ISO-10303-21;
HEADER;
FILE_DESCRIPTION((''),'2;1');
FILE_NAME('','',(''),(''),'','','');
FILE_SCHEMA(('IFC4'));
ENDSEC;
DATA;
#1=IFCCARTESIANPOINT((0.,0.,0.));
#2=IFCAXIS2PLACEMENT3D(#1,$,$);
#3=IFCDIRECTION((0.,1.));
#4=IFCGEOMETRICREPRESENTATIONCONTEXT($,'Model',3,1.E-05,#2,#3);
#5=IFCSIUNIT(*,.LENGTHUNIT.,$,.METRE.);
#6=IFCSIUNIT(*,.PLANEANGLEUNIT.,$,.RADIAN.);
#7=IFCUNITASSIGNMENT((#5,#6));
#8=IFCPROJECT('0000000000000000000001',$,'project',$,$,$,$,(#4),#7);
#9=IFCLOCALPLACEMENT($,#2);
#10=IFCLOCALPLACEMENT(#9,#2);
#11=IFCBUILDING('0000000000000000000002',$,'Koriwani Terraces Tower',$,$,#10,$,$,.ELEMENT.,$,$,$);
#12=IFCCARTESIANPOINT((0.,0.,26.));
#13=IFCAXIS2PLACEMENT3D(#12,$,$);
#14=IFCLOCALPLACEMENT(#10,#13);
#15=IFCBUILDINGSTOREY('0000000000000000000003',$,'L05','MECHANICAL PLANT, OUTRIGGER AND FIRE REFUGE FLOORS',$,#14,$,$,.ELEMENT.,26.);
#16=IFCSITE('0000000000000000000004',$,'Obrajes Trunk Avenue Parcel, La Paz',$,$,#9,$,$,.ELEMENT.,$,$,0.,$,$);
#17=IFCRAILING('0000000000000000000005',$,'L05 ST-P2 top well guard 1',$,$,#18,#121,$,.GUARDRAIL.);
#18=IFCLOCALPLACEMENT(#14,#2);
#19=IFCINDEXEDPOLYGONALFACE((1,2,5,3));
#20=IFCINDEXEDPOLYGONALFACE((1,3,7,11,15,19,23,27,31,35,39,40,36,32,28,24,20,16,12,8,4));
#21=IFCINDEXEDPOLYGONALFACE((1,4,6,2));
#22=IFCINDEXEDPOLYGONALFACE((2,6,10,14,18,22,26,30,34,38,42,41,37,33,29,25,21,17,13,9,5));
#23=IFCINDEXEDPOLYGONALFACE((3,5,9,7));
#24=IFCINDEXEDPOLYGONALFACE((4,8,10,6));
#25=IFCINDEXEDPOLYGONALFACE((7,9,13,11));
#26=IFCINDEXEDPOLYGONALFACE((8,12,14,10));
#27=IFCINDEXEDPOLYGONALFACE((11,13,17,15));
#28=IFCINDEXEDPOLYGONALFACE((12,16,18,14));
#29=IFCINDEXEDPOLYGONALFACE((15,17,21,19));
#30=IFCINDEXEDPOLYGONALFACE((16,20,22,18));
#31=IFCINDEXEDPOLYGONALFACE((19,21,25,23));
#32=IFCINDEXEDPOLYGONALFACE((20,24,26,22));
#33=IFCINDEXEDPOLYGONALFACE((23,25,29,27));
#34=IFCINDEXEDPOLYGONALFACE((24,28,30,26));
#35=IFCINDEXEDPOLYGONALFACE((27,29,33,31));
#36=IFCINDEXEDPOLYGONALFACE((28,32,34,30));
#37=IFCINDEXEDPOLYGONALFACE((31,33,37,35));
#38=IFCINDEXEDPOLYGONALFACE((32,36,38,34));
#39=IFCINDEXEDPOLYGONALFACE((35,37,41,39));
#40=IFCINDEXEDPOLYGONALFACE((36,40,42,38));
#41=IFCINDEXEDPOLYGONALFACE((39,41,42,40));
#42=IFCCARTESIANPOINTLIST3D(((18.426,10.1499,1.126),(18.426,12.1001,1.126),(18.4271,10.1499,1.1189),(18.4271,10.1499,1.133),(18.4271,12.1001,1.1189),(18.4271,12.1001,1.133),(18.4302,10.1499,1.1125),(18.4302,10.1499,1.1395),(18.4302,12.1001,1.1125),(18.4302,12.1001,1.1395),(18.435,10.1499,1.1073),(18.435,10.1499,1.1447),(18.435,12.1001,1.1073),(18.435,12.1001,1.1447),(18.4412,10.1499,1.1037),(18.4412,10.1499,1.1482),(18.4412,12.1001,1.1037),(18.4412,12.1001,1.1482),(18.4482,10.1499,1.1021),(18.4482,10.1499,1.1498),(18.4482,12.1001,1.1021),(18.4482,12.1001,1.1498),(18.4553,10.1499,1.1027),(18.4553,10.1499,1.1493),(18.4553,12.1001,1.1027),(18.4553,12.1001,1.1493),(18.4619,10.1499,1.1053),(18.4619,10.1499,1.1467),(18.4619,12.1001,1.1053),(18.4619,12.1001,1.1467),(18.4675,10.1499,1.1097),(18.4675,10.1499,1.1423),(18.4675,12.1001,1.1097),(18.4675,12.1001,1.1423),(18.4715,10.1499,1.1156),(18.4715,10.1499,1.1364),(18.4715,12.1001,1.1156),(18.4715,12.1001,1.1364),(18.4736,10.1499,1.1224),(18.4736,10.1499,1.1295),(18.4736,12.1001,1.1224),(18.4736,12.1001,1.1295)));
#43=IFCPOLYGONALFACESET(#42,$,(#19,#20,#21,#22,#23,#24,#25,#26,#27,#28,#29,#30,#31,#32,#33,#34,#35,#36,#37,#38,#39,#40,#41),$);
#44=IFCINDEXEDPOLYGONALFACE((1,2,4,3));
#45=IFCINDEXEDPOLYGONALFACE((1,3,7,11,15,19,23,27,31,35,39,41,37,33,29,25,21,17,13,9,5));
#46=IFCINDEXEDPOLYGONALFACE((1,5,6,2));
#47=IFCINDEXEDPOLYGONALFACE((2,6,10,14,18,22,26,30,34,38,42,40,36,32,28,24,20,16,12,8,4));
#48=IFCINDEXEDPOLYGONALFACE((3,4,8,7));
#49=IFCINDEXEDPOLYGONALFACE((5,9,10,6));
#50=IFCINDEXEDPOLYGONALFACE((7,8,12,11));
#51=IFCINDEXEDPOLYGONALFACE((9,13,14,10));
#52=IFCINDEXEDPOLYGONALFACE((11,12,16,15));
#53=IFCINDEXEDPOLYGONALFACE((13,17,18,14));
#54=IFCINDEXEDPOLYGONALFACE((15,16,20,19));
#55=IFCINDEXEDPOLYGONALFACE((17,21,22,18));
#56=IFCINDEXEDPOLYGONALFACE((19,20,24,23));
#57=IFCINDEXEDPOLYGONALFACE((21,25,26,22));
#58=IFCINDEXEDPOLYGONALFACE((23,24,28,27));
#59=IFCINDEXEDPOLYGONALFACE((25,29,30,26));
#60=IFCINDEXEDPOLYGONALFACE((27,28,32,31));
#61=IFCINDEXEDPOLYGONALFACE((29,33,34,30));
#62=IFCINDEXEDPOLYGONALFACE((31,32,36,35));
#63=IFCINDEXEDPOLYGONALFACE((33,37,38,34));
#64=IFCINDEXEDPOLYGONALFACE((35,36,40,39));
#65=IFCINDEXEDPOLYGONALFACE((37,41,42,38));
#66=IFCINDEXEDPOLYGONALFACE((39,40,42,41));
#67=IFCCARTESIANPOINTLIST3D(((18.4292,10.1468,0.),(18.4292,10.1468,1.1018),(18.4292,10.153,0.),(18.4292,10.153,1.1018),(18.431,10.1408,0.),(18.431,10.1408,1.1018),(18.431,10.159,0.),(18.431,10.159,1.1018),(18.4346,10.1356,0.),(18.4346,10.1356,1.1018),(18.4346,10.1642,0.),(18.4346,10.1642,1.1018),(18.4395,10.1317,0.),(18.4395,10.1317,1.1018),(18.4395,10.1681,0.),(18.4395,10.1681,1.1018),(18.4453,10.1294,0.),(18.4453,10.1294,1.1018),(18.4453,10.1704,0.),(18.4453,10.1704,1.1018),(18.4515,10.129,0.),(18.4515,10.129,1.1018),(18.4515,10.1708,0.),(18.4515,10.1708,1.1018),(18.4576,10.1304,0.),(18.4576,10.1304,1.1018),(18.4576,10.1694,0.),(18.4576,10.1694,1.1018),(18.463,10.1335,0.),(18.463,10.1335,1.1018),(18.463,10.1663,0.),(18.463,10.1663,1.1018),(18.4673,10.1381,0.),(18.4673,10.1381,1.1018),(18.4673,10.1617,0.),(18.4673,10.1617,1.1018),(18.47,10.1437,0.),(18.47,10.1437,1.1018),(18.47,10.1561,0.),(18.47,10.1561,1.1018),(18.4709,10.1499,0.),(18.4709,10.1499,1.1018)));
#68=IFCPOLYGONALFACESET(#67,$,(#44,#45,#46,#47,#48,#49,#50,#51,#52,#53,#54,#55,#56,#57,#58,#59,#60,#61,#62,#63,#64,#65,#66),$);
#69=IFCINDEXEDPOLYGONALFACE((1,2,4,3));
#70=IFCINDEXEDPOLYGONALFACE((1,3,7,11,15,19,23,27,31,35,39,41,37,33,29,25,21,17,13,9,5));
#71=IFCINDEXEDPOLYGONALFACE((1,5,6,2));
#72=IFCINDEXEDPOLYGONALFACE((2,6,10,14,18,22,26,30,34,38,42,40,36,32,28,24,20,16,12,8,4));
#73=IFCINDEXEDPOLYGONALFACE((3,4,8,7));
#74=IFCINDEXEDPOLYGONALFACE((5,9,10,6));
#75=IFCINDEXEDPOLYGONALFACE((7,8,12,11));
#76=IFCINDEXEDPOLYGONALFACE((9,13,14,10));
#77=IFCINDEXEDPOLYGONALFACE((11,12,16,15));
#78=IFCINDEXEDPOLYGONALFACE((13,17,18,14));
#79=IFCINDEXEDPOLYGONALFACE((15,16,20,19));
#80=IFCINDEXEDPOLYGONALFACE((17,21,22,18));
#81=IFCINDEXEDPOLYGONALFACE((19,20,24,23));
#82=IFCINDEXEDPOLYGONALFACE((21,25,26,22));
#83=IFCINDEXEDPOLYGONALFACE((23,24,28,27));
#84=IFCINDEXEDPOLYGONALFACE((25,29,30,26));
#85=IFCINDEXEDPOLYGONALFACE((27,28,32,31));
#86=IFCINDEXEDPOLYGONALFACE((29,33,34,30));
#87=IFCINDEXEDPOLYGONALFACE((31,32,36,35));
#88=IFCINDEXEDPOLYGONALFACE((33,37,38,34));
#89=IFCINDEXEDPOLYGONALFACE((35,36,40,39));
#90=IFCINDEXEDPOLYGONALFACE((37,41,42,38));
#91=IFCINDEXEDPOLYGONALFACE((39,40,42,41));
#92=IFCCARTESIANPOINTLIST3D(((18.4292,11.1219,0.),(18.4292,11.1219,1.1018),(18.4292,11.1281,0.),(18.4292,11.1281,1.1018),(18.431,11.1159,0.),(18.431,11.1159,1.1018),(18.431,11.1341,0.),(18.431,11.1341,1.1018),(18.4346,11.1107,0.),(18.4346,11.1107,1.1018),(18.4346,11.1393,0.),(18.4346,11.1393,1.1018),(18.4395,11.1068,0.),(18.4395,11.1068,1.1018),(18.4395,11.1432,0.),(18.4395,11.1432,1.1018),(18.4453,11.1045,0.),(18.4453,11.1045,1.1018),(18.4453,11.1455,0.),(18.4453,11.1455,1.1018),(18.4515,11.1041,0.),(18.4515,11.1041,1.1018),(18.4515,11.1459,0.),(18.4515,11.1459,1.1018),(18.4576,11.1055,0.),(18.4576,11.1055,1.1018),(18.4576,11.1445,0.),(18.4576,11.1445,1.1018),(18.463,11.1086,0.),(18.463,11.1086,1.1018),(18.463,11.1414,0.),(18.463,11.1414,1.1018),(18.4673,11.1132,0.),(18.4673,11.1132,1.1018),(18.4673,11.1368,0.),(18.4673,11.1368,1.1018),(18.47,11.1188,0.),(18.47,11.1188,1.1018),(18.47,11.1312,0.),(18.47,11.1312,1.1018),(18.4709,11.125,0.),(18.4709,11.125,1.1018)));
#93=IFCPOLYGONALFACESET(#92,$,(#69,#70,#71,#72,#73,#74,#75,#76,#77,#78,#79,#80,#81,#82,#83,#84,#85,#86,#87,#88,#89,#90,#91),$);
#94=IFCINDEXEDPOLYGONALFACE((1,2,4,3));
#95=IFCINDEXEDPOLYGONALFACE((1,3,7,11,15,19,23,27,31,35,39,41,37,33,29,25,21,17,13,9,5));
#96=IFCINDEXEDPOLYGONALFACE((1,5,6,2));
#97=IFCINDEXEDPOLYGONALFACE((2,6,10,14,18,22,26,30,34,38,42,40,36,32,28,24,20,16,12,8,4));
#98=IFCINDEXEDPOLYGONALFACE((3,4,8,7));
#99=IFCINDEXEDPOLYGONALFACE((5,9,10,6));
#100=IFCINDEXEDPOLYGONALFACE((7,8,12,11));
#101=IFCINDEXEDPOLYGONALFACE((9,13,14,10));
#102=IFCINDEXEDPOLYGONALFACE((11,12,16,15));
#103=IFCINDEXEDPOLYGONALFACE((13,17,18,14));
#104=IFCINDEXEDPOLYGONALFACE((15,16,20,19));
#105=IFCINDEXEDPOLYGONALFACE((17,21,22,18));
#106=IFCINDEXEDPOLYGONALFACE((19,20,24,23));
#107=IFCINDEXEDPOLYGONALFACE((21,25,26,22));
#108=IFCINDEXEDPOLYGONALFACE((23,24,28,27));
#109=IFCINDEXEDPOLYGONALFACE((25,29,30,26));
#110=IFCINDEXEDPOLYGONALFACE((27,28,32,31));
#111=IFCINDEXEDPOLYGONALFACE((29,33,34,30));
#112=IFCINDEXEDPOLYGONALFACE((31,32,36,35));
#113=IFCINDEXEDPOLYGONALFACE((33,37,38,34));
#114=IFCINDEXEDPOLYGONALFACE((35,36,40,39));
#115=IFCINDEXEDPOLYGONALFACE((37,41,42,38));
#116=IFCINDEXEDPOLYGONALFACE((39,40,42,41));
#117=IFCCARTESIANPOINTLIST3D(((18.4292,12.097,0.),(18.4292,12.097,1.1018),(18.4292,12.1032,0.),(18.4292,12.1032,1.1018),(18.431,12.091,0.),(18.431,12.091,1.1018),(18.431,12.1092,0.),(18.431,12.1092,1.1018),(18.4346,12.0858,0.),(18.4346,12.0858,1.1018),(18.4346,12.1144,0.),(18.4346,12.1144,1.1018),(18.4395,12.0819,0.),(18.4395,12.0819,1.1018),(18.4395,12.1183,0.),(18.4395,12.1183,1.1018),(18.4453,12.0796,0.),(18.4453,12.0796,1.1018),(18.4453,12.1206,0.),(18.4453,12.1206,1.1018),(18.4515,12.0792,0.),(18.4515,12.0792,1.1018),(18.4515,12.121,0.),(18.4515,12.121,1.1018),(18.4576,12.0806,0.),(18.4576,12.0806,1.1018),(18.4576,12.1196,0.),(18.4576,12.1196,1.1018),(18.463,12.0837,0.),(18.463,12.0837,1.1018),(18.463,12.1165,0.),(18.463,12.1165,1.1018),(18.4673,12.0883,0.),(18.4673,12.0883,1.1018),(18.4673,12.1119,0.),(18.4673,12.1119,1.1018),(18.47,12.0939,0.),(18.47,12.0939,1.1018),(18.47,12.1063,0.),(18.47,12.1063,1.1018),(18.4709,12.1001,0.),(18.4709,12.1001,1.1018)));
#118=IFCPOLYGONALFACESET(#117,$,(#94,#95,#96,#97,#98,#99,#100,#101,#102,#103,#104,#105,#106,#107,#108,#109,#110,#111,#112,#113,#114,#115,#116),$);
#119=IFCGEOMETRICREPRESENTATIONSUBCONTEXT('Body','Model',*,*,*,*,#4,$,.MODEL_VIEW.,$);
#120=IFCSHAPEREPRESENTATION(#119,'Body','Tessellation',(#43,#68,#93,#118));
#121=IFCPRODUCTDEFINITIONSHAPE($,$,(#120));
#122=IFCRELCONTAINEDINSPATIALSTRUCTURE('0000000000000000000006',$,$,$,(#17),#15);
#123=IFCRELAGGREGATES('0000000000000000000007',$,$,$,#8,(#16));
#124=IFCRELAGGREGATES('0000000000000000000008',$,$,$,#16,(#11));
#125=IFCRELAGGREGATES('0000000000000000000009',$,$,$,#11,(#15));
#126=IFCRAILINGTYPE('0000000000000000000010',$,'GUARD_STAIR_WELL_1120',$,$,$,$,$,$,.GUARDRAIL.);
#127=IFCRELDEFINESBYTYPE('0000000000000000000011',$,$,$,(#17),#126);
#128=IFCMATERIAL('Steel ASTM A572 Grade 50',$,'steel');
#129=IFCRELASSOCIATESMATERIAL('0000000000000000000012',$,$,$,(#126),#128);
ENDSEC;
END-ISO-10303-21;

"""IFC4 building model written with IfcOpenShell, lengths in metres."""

from ifc_helpers import new_model, si_unit, direction, frame, origin, origin_2d, place, context, subcontext, project, spatial, circle, extrude, material, type_object, element, save


model = new_model("IFC4")

# Units and contexts
model_context = context("Model", 3, precision=1e-05, world=origin(), true_north=direction((0.0, 1.0)))
body_context = subcontext(model_context, "Body", "Model", "MODEL_VIEW")
ifc_project = project(units=[si_unit("LENGTHUNIT", "METRE"), si_unit("PLANEANGLEUNIT", "RADIAN")], contexts=[model_context])

# Site, building, storey
site_placement = place(None, origin())
site = spatial("IfcSite", under=ifc_project, at=site_placement, Name="Obrajes Trunk Avenue Parcel, La Paz", CompositionType="ELEMENT", RefElevation=0.0)
building_placement = place(site_placement, origin())
building = spatial("IfcBuilding", under=site, at=building_placement, Name="Koriwani Terraces Tower", CompositionType="ELEMENT")
storey_placement = place(building_placement, frame((0.0, 0.0, 26.0)))
storey = spatial("IfcBuildingStorey", under=building, at=storey_placement, Name="L05", Description="MECHANICAL PLANT, OUTRIGGER AND FIRE REFUGE FLOORS", CompositionType="ELEMENT", Elevation=26.0)

# Shared definitions
ifc_material_1 = material(Name="Steel ASTM A572 Grade 50", Category="steel")

# Railing
railing_type = type_object("IfcRailingType", Name="GUARD_STAIR_WELL_1120", PredefinedType="GUARDRAIL", material=ifc_material_1)
railing_placement = place(storey_placement, frame((18.45, 10.1499, 0.0)))
element("IfcRailing", 1, at=railing_placement, inside=storey, type_object=railing_type, Name="L05 ST-P2 top well guard 1", PredefinedType="GUARDRAIL", context=body_context, shape_type="SweptSolid", body=[
    extrude(circle(Radius=0.0239, at=origin_2d()), frame((0.0, 0.0, 1.126), z_axis=(0.0, 1.0, 0.0), x_axis=(-1.0, 0.0, 0.0)), (0.0, 0.0, 1.0), 1.9502),
    extrude(circle(Radius=0.021, at=origin_2d()), origin(), (0.0, 0.0, 1.0), 1.1018),
    extrude(circle(Radius=0.021, at=origin_2d()), frame((0.0, 0.9751, 0.0)), (0.0, 0.0, 1.0), 1.1018),
    extrude(circle(Radius=0.021, at=origin_2d()), frame((0.0, 1.9502, 0.0)), (0.0, 0.0, 1.0), 1.1018),
])

save(model, "model.ifc")
